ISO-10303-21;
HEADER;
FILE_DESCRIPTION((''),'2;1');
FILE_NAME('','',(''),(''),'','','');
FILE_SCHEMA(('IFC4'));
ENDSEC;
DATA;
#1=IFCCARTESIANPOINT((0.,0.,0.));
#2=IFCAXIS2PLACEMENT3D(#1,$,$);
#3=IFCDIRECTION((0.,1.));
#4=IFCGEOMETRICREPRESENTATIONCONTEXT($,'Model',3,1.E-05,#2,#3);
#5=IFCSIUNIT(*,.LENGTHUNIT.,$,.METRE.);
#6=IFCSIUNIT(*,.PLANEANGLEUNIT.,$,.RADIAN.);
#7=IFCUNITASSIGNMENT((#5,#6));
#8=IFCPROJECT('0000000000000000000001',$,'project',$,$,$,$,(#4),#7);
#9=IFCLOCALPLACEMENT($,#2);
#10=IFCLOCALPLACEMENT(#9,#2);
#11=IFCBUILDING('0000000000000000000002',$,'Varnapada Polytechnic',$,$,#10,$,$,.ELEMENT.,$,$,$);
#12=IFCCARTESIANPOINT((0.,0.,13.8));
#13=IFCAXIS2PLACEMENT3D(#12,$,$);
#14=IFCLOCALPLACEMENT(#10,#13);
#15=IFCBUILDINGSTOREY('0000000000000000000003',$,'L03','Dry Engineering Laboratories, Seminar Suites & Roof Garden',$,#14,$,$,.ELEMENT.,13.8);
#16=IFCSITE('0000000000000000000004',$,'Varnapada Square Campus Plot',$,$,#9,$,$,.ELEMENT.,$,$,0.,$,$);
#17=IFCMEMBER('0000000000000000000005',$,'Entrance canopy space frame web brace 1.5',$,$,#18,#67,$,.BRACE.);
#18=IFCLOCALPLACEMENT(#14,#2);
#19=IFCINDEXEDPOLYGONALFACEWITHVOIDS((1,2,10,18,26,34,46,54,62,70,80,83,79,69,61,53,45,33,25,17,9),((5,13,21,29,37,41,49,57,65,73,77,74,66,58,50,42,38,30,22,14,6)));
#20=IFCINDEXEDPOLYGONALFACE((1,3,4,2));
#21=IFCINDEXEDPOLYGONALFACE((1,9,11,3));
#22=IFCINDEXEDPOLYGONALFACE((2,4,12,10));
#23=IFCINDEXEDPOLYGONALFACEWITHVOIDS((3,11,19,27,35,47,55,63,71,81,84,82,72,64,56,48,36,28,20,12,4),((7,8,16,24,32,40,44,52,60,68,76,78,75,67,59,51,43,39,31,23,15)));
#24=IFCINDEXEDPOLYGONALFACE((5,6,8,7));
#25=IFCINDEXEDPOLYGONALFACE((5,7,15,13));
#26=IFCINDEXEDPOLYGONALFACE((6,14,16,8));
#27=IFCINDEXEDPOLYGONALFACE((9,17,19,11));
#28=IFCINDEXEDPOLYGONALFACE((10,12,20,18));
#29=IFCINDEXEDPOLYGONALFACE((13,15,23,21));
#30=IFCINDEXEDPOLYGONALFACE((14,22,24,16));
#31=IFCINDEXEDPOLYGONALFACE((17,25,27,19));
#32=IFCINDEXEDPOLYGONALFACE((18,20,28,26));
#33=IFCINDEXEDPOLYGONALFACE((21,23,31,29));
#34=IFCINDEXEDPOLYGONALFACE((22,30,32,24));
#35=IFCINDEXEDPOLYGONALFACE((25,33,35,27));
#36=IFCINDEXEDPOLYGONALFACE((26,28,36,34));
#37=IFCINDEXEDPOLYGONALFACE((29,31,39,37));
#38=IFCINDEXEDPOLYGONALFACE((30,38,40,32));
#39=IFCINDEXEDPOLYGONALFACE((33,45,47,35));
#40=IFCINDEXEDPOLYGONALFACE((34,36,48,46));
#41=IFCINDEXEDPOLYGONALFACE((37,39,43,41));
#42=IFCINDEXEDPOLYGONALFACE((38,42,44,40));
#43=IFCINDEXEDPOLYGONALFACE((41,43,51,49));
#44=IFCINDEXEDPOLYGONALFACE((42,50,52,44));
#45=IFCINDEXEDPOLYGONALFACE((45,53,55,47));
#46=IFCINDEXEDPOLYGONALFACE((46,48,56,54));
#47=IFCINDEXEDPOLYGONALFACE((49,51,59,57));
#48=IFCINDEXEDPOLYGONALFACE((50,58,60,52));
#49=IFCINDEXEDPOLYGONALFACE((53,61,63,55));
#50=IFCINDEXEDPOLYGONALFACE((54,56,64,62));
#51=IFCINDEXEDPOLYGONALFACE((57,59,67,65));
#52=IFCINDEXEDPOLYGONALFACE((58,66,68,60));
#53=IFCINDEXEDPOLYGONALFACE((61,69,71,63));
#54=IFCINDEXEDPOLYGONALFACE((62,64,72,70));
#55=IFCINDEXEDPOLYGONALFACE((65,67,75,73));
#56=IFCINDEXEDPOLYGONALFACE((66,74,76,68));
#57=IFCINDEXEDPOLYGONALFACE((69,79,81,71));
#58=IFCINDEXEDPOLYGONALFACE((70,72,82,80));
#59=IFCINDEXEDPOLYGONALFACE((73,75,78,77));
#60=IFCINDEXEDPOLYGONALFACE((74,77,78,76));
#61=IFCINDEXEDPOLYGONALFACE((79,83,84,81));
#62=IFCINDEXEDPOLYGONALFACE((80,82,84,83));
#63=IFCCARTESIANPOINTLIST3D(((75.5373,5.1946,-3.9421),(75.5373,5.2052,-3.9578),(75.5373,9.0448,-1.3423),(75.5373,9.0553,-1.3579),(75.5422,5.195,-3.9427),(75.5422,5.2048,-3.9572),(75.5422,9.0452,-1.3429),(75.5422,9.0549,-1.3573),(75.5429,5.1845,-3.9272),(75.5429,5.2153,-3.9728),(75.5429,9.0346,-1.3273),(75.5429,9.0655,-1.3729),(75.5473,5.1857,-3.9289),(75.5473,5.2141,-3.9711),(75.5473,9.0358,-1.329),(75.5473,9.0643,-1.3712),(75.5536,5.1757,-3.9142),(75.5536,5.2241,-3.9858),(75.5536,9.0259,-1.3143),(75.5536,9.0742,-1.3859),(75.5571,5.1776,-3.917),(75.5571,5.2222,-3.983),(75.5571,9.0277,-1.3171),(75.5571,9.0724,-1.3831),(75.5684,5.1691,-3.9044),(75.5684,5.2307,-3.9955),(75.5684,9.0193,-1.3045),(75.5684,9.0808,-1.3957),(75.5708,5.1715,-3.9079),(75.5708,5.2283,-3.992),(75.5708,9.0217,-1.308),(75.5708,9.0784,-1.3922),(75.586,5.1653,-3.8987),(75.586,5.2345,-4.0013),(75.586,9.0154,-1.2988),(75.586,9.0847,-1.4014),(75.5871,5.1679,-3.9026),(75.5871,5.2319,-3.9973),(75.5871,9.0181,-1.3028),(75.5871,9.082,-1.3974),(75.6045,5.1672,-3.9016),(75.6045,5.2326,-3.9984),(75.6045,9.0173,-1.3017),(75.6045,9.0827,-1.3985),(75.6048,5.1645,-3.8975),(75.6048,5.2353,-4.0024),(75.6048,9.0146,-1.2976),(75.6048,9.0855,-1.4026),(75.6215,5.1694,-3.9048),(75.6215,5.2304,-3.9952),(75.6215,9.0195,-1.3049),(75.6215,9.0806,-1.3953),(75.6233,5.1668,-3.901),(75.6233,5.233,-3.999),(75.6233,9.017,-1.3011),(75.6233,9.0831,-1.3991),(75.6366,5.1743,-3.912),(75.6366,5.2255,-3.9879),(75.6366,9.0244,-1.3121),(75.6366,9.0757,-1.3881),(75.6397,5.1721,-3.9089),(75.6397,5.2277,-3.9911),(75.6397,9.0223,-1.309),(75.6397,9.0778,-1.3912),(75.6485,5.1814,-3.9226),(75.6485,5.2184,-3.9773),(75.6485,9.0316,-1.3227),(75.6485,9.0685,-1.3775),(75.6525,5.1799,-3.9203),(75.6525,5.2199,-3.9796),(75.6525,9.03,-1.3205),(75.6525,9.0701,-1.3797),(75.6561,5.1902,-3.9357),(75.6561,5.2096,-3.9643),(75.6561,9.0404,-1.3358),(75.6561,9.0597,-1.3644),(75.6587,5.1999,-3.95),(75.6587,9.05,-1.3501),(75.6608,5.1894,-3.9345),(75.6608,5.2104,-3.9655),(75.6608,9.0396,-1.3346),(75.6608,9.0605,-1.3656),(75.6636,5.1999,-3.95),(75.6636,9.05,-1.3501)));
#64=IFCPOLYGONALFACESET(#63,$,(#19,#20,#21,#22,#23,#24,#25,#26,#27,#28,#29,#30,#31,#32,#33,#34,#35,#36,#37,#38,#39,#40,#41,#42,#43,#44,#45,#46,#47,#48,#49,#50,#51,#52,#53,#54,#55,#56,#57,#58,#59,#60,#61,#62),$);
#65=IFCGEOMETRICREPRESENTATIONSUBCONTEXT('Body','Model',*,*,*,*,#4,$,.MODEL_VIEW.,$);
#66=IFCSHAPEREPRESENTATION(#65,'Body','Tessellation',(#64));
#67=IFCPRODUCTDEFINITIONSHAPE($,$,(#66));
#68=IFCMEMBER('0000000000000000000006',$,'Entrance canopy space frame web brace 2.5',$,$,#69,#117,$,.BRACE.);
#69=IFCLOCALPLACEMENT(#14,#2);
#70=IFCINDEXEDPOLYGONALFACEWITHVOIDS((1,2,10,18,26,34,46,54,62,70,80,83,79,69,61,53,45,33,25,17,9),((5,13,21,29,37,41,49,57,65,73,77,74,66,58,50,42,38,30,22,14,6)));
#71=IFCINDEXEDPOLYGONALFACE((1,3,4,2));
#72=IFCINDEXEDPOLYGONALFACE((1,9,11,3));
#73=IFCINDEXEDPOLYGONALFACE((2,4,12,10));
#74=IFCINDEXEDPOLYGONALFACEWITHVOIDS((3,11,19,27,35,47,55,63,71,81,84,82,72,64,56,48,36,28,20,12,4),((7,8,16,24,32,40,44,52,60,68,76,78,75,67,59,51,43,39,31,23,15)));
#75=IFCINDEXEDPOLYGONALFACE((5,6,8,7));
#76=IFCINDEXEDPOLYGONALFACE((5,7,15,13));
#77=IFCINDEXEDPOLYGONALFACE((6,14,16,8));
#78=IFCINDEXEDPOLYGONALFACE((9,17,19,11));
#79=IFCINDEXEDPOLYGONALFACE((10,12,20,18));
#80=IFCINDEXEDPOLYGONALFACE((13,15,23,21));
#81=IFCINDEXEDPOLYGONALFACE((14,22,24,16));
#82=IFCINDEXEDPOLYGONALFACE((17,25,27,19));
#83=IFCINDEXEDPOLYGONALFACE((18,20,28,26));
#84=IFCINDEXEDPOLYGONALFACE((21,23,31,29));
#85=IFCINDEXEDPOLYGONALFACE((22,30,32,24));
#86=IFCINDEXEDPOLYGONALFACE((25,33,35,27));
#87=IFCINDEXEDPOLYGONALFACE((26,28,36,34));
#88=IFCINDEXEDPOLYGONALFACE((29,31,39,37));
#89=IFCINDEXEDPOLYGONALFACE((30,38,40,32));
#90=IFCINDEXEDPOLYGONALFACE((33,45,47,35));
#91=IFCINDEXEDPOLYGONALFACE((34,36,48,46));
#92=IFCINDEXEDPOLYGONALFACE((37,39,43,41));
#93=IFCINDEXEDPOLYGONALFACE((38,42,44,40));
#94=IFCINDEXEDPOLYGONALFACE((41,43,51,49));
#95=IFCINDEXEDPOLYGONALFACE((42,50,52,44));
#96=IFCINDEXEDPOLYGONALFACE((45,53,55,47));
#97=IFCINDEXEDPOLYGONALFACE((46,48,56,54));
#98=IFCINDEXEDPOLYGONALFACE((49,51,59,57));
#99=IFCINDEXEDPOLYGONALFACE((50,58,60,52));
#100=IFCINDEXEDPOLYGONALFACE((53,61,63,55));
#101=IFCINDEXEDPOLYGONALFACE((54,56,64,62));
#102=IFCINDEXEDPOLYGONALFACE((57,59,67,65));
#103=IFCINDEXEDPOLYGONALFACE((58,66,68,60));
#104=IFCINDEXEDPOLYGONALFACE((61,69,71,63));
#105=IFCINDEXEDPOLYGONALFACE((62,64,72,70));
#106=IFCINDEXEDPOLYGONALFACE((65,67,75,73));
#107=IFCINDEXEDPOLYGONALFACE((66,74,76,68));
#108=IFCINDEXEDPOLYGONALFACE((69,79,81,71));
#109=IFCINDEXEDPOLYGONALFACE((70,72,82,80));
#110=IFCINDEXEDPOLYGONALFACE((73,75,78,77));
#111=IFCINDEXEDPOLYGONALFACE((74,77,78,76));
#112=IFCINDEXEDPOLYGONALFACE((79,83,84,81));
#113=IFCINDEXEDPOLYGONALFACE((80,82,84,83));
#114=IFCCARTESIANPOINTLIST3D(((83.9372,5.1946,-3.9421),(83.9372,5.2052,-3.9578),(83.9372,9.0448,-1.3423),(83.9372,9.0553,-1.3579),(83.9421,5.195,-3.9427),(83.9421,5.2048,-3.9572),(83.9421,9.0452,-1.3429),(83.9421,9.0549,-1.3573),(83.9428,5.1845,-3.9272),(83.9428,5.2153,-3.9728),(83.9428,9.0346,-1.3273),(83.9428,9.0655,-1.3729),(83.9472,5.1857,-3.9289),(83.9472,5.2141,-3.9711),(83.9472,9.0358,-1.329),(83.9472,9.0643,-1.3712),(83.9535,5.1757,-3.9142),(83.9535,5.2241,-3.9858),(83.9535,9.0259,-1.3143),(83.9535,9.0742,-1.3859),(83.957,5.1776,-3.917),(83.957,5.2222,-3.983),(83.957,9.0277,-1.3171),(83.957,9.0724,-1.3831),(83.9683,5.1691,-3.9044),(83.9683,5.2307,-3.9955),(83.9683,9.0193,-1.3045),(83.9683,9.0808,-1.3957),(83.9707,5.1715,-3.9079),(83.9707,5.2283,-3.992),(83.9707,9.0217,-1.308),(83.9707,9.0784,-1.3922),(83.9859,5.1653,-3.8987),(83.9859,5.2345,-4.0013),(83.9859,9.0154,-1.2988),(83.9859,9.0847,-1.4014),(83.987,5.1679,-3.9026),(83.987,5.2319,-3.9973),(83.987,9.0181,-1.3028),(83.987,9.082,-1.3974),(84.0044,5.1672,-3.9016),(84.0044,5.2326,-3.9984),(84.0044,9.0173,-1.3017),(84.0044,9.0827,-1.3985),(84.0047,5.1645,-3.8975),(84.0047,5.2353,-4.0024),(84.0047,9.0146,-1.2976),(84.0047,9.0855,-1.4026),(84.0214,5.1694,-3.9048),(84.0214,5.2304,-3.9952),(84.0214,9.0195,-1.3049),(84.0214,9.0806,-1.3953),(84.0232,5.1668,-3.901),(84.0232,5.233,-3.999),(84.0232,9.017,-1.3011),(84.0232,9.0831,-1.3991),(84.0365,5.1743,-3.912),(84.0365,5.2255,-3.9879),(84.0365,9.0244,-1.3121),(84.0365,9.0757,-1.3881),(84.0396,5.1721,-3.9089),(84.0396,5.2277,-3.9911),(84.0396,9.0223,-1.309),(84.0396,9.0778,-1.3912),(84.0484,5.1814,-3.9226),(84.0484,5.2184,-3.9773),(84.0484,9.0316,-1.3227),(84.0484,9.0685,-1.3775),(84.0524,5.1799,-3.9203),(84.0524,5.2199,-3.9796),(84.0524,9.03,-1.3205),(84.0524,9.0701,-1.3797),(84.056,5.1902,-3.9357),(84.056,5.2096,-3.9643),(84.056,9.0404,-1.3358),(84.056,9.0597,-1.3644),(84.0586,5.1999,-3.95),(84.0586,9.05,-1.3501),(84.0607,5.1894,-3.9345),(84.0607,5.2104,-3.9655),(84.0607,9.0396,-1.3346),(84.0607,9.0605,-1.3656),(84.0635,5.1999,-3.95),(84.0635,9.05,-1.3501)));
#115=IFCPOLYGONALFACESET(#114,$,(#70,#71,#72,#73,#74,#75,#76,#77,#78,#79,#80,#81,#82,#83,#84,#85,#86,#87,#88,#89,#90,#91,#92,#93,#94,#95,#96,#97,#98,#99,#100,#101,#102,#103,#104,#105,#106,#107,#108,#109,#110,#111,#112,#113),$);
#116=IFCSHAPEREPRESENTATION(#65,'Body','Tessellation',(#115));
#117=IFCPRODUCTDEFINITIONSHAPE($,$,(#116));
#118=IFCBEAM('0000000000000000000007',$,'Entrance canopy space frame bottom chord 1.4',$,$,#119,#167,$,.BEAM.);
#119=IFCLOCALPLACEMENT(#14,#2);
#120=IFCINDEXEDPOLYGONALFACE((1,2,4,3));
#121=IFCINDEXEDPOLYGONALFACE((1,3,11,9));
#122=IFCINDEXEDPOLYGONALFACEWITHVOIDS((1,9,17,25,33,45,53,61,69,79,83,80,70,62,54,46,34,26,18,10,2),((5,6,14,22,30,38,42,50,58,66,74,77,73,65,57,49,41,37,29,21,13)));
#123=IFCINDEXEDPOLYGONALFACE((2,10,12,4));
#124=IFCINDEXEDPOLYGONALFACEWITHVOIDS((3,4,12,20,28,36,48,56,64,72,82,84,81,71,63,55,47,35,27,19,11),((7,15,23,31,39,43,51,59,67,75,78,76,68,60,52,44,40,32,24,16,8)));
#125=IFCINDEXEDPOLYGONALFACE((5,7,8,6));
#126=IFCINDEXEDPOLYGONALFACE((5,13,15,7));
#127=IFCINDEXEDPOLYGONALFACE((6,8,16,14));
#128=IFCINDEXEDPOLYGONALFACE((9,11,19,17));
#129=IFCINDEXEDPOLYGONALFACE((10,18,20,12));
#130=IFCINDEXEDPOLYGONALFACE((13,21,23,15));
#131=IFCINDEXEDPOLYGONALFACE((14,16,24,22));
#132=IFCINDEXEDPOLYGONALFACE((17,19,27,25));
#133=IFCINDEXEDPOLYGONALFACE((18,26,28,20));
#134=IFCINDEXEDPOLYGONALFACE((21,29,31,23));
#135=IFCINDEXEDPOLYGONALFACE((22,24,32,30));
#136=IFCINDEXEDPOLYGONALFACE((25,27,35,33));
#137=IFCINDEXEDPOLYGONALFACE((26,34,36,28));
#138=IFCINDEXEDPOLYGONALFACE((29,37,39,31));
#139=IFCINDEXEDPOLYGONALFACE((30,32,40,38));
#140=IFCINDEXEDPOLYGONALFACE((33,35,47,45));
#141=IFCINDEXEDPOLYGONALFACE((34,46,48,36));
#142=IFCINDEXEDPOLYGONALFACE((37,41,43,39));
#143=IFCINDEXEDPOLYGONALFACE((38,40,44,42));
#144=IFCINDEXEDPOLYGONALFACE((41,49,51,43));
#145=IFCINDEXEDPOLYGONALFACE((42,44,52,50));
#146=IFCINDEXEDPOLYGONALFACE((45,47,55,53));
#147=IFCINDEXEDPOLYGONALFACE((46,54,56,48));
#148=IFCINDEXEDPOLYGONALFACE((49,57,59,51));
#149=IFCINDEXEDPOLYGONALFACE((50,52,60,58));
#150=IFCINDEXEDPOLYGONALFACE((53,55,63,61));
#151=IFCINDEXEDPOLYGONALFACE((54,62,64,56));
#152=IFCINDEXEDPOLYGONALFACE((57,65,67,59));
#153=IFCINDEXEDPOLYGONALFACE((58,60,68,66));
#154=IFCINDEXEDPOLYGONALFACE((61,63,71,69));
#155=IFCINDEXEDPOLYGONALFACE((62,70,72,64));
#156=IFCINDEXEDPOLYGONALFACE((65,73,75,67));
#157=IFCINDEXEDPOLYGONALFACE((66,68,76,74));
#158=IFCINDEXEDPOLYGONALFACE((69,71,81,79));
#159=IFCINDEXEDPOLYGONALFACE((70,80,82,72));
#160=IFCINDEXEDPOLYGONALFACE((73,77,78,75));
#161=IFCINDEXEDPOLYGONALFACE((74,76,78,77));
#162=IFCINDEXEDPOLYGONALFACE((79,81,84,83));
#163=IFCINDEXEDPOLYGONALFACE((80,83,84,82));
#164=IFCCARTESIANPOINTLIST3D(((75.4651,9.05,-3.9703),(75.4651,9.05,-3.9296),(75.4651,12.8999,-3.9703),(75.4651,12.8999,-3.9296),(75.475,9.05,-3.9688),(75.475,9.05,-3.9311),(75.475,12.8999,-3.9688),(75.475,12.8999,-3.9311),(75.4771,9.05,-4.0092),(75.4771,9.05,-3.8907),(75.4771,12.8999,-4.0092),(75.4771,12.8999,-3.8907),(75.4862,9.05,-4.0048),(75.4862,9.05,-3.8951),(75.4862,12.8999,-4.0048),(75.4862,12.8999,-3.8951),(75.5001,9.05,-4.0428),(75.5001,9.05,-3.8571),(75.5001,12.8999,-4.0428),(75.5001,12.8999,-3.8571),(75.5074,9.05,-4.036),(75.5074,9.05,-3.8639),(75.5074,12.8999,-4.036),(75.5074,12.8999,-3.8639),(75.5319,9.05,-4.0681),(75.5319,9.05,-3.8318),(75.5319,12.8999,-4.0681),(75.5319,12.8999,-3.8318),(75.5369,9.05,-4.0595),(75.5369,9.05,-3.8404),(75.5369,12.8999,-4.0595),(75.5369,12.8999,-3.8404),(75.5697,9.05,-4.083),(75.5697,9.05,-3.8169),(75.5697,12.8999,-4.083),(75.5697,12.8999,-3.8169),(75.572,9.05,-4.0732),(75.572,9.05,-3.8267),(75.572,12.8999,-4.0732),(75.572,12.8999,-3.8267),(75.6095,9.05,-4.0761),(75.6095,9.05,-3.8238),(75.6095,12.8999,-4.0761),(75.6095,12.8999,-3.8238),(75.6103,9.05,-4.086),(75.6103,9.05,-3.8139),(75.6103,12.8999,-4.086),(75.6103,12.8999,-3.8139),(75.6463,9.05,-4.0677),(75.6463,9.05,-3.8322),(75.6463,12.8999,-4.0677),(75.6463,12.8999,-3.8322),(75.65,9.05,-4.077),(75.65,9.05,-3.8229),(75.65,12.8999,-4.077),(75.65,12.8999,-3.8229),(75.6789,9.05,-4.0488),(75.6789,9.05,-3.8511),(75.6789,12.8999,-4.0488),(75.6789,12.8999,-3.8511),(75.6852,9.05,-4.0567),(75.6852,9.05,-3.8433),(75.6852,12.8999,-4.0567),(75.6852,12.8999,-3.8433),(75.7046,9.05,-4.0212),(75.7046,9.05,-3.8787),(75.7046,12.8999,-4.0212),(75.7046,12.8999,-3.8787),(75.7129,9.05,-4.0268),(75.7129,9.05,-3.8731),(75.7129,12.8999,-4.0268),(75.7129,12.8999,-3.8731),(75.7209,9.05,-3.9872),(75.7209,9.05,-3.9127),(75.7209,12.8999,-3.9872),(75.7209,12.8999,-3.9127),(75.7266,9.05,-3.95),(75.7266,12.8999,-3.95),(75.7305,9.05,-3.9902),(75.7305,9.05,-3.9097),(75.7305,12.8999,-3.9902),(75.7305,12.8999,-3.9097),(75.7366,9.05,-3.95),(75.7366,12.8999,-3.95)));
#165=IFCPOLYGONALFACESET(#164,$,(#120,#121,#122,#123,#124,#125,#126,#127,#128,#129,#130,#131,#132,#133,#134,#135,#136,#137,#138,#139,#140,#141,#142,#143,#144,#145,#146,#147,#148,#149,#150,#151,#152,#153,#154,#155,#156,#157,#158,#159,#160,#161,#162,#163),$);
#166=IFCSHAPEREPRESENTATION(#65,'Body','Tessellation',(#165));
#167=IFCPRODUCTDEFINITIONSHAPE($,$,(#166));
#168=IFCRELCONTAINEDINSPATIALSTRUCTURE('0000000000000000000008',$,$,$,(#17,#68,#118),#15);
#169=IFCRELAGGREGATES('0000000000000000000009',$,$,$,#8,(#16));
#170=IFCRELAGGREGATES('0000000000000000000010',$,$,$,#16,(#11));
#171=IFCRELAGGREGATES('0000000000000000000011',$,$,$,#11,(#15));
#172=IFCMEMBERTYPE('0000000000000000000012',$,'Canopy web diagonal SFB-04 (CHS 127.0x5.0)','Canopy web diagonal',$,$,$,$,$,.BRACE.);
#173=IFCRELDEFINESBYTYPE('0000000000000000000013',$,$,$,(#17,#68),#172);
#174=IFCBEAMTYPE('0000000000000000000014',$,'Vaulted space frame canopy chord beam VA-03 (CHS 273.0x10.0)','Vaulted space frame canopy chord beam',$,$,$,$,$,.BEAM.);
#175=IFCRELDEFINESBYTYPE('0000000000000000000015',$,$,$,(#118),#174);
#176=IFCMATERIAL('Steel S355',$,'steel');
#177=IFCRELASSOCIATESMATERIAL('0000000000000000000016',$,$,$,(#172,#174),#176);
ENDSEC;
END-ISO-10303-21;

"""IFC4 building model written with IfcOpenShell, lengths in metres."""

from ifc_helpers import new_model, si_unit, direction, frame, origin, origin_2d, place, context, subcontext, project, spatial, hollow_circle, extrude, material, material_profile, profile_set, type_object, element, save


model = new_model("IFC4")

# Units and contexts
model_context = context("Model", 3, precision=1e-05, world=origin(), true_north=direction((0.0, 1.0)))
body_context = subcontext(model_context, "Body", "Model", "MODEL_VIEW")
ifc_project = project(units=[si_unit("LENGTHUNIT", "METRE"), si_unit("PLANEANGLEUNIT", "RADIAN")], contexts=[model_context])

# Site, building, storey
site_placement = place(None, origin())
site = spatial("IfcSite", under=ifc_project, at=site_placement, Name="Varnapada Square Campus Plot", CompositionType="ELEMENT", RefElevation=0.0)
building_placement = place(site_placement, origin())
building = spatial("IfcBuilding", under=site, at=building_placement, Name="Varnapada Polytechnic", CompositionType="ELEMENT")
storey_placement = place(building_placement, frame((0.0, 0.0, 13.8)))
storey = spatial("IfcBuildingStorey", under=building, at=storey_placement, Name="L03", Description="Dry Engineering Laboratories, Seminar Suites & Roof Garden", CompositionType="ELEMENT", Elevation=13.8)

# Members
ifc_material = material(Name="Steel S355", Category="steel")
ifc_material_profile_1 = material_profile(ifc_material, hollow_circle(Radius=0.0635, WallThickness=0.0049, at=origin_2d()), Name="CHS 127.0x5.0")
ifc_profile_set_1 = profile_set([ifc_material_profile_1], Name="Steel S355")
member_type_1 = type_object("IfcMemberType", Name="Canopy web diagonal SFB-04 (CHS 127.0x5.0)", Description="Canopy web diagonal", PredefinedType="BRACE", material=ifc_profile_set_1)
for number, where, z_axis, x_axis, name in (
    (1, (75.6001, 9.05, -1.3501), (0.0, -0.828745, -0.559626), (1.0, 0.0, 0.0), "Entrance canopy space frame web brace 1.5"),
    (2, (84.0, 9.05, -1.3501), (0.0, -0.828745, -0.559626), (1.0, 0.0, 0.0), "Entrance canopy space frame web brace 2.5"),
):
    element("IfcMember", number, at=place(storey_placement, frame(where, z_axis=z_axis, x_axis=x_axis)), inside=storey, type_object=member_type_1, Name=name, PredefinedType="BRACE", context=body_context, shape_type="SweptSolid", body=[
        extrude(hollow_circle(Radius=0.0635, WallThickness=0.0049, at=origin_2d()), origin(), (0.0, 0.0, 1.0), 4.6458),
    ])

# Beam
ifc_material_profile_2 = material_profile(ifc_material, hollow_circle(Radius=0.1365, WallThickness=0.01, at=origin_2d()), Name="CHS 273.0x10.0")
ifc_profile_set_2 = profile_set([ifc_material_profile_2], Name="Steel S355")
beam_type = type_object("IfcBeamType", Name="Vaulted space frame canopy chord beam VA-03 (CHS 273.0x10.0)", Description="Vaulted space frame canopy chord beam", PredefinedType="BEAM", material=ifc_profile_set_2)
for number, where, z_axis, x_axis, name in (
    (3, (75.6001, 12.8999, -3.95), (0.0, -1.0, 0.0), (1.0, 0.0, 0.0), "Entrance canopy space frame bottom chord 1.4"),
):
    element("IfcBeam", number, at=place(storey_placement, frame(where, z_axis=z_axis, x_axis=x_axis)), inside=storey, type_object=beam_type, Name=name, PredefinedType="BEAM", context=body_context, shape_type="SweptSolid", body=[
        extrude(hollow_circle(Radius=0.1365, WallThickness=0.01, at=origin_2d()), origin(), (0.0, 0.0, 1.0), 3.8499),
    ])

save(model, "model.ifc")
